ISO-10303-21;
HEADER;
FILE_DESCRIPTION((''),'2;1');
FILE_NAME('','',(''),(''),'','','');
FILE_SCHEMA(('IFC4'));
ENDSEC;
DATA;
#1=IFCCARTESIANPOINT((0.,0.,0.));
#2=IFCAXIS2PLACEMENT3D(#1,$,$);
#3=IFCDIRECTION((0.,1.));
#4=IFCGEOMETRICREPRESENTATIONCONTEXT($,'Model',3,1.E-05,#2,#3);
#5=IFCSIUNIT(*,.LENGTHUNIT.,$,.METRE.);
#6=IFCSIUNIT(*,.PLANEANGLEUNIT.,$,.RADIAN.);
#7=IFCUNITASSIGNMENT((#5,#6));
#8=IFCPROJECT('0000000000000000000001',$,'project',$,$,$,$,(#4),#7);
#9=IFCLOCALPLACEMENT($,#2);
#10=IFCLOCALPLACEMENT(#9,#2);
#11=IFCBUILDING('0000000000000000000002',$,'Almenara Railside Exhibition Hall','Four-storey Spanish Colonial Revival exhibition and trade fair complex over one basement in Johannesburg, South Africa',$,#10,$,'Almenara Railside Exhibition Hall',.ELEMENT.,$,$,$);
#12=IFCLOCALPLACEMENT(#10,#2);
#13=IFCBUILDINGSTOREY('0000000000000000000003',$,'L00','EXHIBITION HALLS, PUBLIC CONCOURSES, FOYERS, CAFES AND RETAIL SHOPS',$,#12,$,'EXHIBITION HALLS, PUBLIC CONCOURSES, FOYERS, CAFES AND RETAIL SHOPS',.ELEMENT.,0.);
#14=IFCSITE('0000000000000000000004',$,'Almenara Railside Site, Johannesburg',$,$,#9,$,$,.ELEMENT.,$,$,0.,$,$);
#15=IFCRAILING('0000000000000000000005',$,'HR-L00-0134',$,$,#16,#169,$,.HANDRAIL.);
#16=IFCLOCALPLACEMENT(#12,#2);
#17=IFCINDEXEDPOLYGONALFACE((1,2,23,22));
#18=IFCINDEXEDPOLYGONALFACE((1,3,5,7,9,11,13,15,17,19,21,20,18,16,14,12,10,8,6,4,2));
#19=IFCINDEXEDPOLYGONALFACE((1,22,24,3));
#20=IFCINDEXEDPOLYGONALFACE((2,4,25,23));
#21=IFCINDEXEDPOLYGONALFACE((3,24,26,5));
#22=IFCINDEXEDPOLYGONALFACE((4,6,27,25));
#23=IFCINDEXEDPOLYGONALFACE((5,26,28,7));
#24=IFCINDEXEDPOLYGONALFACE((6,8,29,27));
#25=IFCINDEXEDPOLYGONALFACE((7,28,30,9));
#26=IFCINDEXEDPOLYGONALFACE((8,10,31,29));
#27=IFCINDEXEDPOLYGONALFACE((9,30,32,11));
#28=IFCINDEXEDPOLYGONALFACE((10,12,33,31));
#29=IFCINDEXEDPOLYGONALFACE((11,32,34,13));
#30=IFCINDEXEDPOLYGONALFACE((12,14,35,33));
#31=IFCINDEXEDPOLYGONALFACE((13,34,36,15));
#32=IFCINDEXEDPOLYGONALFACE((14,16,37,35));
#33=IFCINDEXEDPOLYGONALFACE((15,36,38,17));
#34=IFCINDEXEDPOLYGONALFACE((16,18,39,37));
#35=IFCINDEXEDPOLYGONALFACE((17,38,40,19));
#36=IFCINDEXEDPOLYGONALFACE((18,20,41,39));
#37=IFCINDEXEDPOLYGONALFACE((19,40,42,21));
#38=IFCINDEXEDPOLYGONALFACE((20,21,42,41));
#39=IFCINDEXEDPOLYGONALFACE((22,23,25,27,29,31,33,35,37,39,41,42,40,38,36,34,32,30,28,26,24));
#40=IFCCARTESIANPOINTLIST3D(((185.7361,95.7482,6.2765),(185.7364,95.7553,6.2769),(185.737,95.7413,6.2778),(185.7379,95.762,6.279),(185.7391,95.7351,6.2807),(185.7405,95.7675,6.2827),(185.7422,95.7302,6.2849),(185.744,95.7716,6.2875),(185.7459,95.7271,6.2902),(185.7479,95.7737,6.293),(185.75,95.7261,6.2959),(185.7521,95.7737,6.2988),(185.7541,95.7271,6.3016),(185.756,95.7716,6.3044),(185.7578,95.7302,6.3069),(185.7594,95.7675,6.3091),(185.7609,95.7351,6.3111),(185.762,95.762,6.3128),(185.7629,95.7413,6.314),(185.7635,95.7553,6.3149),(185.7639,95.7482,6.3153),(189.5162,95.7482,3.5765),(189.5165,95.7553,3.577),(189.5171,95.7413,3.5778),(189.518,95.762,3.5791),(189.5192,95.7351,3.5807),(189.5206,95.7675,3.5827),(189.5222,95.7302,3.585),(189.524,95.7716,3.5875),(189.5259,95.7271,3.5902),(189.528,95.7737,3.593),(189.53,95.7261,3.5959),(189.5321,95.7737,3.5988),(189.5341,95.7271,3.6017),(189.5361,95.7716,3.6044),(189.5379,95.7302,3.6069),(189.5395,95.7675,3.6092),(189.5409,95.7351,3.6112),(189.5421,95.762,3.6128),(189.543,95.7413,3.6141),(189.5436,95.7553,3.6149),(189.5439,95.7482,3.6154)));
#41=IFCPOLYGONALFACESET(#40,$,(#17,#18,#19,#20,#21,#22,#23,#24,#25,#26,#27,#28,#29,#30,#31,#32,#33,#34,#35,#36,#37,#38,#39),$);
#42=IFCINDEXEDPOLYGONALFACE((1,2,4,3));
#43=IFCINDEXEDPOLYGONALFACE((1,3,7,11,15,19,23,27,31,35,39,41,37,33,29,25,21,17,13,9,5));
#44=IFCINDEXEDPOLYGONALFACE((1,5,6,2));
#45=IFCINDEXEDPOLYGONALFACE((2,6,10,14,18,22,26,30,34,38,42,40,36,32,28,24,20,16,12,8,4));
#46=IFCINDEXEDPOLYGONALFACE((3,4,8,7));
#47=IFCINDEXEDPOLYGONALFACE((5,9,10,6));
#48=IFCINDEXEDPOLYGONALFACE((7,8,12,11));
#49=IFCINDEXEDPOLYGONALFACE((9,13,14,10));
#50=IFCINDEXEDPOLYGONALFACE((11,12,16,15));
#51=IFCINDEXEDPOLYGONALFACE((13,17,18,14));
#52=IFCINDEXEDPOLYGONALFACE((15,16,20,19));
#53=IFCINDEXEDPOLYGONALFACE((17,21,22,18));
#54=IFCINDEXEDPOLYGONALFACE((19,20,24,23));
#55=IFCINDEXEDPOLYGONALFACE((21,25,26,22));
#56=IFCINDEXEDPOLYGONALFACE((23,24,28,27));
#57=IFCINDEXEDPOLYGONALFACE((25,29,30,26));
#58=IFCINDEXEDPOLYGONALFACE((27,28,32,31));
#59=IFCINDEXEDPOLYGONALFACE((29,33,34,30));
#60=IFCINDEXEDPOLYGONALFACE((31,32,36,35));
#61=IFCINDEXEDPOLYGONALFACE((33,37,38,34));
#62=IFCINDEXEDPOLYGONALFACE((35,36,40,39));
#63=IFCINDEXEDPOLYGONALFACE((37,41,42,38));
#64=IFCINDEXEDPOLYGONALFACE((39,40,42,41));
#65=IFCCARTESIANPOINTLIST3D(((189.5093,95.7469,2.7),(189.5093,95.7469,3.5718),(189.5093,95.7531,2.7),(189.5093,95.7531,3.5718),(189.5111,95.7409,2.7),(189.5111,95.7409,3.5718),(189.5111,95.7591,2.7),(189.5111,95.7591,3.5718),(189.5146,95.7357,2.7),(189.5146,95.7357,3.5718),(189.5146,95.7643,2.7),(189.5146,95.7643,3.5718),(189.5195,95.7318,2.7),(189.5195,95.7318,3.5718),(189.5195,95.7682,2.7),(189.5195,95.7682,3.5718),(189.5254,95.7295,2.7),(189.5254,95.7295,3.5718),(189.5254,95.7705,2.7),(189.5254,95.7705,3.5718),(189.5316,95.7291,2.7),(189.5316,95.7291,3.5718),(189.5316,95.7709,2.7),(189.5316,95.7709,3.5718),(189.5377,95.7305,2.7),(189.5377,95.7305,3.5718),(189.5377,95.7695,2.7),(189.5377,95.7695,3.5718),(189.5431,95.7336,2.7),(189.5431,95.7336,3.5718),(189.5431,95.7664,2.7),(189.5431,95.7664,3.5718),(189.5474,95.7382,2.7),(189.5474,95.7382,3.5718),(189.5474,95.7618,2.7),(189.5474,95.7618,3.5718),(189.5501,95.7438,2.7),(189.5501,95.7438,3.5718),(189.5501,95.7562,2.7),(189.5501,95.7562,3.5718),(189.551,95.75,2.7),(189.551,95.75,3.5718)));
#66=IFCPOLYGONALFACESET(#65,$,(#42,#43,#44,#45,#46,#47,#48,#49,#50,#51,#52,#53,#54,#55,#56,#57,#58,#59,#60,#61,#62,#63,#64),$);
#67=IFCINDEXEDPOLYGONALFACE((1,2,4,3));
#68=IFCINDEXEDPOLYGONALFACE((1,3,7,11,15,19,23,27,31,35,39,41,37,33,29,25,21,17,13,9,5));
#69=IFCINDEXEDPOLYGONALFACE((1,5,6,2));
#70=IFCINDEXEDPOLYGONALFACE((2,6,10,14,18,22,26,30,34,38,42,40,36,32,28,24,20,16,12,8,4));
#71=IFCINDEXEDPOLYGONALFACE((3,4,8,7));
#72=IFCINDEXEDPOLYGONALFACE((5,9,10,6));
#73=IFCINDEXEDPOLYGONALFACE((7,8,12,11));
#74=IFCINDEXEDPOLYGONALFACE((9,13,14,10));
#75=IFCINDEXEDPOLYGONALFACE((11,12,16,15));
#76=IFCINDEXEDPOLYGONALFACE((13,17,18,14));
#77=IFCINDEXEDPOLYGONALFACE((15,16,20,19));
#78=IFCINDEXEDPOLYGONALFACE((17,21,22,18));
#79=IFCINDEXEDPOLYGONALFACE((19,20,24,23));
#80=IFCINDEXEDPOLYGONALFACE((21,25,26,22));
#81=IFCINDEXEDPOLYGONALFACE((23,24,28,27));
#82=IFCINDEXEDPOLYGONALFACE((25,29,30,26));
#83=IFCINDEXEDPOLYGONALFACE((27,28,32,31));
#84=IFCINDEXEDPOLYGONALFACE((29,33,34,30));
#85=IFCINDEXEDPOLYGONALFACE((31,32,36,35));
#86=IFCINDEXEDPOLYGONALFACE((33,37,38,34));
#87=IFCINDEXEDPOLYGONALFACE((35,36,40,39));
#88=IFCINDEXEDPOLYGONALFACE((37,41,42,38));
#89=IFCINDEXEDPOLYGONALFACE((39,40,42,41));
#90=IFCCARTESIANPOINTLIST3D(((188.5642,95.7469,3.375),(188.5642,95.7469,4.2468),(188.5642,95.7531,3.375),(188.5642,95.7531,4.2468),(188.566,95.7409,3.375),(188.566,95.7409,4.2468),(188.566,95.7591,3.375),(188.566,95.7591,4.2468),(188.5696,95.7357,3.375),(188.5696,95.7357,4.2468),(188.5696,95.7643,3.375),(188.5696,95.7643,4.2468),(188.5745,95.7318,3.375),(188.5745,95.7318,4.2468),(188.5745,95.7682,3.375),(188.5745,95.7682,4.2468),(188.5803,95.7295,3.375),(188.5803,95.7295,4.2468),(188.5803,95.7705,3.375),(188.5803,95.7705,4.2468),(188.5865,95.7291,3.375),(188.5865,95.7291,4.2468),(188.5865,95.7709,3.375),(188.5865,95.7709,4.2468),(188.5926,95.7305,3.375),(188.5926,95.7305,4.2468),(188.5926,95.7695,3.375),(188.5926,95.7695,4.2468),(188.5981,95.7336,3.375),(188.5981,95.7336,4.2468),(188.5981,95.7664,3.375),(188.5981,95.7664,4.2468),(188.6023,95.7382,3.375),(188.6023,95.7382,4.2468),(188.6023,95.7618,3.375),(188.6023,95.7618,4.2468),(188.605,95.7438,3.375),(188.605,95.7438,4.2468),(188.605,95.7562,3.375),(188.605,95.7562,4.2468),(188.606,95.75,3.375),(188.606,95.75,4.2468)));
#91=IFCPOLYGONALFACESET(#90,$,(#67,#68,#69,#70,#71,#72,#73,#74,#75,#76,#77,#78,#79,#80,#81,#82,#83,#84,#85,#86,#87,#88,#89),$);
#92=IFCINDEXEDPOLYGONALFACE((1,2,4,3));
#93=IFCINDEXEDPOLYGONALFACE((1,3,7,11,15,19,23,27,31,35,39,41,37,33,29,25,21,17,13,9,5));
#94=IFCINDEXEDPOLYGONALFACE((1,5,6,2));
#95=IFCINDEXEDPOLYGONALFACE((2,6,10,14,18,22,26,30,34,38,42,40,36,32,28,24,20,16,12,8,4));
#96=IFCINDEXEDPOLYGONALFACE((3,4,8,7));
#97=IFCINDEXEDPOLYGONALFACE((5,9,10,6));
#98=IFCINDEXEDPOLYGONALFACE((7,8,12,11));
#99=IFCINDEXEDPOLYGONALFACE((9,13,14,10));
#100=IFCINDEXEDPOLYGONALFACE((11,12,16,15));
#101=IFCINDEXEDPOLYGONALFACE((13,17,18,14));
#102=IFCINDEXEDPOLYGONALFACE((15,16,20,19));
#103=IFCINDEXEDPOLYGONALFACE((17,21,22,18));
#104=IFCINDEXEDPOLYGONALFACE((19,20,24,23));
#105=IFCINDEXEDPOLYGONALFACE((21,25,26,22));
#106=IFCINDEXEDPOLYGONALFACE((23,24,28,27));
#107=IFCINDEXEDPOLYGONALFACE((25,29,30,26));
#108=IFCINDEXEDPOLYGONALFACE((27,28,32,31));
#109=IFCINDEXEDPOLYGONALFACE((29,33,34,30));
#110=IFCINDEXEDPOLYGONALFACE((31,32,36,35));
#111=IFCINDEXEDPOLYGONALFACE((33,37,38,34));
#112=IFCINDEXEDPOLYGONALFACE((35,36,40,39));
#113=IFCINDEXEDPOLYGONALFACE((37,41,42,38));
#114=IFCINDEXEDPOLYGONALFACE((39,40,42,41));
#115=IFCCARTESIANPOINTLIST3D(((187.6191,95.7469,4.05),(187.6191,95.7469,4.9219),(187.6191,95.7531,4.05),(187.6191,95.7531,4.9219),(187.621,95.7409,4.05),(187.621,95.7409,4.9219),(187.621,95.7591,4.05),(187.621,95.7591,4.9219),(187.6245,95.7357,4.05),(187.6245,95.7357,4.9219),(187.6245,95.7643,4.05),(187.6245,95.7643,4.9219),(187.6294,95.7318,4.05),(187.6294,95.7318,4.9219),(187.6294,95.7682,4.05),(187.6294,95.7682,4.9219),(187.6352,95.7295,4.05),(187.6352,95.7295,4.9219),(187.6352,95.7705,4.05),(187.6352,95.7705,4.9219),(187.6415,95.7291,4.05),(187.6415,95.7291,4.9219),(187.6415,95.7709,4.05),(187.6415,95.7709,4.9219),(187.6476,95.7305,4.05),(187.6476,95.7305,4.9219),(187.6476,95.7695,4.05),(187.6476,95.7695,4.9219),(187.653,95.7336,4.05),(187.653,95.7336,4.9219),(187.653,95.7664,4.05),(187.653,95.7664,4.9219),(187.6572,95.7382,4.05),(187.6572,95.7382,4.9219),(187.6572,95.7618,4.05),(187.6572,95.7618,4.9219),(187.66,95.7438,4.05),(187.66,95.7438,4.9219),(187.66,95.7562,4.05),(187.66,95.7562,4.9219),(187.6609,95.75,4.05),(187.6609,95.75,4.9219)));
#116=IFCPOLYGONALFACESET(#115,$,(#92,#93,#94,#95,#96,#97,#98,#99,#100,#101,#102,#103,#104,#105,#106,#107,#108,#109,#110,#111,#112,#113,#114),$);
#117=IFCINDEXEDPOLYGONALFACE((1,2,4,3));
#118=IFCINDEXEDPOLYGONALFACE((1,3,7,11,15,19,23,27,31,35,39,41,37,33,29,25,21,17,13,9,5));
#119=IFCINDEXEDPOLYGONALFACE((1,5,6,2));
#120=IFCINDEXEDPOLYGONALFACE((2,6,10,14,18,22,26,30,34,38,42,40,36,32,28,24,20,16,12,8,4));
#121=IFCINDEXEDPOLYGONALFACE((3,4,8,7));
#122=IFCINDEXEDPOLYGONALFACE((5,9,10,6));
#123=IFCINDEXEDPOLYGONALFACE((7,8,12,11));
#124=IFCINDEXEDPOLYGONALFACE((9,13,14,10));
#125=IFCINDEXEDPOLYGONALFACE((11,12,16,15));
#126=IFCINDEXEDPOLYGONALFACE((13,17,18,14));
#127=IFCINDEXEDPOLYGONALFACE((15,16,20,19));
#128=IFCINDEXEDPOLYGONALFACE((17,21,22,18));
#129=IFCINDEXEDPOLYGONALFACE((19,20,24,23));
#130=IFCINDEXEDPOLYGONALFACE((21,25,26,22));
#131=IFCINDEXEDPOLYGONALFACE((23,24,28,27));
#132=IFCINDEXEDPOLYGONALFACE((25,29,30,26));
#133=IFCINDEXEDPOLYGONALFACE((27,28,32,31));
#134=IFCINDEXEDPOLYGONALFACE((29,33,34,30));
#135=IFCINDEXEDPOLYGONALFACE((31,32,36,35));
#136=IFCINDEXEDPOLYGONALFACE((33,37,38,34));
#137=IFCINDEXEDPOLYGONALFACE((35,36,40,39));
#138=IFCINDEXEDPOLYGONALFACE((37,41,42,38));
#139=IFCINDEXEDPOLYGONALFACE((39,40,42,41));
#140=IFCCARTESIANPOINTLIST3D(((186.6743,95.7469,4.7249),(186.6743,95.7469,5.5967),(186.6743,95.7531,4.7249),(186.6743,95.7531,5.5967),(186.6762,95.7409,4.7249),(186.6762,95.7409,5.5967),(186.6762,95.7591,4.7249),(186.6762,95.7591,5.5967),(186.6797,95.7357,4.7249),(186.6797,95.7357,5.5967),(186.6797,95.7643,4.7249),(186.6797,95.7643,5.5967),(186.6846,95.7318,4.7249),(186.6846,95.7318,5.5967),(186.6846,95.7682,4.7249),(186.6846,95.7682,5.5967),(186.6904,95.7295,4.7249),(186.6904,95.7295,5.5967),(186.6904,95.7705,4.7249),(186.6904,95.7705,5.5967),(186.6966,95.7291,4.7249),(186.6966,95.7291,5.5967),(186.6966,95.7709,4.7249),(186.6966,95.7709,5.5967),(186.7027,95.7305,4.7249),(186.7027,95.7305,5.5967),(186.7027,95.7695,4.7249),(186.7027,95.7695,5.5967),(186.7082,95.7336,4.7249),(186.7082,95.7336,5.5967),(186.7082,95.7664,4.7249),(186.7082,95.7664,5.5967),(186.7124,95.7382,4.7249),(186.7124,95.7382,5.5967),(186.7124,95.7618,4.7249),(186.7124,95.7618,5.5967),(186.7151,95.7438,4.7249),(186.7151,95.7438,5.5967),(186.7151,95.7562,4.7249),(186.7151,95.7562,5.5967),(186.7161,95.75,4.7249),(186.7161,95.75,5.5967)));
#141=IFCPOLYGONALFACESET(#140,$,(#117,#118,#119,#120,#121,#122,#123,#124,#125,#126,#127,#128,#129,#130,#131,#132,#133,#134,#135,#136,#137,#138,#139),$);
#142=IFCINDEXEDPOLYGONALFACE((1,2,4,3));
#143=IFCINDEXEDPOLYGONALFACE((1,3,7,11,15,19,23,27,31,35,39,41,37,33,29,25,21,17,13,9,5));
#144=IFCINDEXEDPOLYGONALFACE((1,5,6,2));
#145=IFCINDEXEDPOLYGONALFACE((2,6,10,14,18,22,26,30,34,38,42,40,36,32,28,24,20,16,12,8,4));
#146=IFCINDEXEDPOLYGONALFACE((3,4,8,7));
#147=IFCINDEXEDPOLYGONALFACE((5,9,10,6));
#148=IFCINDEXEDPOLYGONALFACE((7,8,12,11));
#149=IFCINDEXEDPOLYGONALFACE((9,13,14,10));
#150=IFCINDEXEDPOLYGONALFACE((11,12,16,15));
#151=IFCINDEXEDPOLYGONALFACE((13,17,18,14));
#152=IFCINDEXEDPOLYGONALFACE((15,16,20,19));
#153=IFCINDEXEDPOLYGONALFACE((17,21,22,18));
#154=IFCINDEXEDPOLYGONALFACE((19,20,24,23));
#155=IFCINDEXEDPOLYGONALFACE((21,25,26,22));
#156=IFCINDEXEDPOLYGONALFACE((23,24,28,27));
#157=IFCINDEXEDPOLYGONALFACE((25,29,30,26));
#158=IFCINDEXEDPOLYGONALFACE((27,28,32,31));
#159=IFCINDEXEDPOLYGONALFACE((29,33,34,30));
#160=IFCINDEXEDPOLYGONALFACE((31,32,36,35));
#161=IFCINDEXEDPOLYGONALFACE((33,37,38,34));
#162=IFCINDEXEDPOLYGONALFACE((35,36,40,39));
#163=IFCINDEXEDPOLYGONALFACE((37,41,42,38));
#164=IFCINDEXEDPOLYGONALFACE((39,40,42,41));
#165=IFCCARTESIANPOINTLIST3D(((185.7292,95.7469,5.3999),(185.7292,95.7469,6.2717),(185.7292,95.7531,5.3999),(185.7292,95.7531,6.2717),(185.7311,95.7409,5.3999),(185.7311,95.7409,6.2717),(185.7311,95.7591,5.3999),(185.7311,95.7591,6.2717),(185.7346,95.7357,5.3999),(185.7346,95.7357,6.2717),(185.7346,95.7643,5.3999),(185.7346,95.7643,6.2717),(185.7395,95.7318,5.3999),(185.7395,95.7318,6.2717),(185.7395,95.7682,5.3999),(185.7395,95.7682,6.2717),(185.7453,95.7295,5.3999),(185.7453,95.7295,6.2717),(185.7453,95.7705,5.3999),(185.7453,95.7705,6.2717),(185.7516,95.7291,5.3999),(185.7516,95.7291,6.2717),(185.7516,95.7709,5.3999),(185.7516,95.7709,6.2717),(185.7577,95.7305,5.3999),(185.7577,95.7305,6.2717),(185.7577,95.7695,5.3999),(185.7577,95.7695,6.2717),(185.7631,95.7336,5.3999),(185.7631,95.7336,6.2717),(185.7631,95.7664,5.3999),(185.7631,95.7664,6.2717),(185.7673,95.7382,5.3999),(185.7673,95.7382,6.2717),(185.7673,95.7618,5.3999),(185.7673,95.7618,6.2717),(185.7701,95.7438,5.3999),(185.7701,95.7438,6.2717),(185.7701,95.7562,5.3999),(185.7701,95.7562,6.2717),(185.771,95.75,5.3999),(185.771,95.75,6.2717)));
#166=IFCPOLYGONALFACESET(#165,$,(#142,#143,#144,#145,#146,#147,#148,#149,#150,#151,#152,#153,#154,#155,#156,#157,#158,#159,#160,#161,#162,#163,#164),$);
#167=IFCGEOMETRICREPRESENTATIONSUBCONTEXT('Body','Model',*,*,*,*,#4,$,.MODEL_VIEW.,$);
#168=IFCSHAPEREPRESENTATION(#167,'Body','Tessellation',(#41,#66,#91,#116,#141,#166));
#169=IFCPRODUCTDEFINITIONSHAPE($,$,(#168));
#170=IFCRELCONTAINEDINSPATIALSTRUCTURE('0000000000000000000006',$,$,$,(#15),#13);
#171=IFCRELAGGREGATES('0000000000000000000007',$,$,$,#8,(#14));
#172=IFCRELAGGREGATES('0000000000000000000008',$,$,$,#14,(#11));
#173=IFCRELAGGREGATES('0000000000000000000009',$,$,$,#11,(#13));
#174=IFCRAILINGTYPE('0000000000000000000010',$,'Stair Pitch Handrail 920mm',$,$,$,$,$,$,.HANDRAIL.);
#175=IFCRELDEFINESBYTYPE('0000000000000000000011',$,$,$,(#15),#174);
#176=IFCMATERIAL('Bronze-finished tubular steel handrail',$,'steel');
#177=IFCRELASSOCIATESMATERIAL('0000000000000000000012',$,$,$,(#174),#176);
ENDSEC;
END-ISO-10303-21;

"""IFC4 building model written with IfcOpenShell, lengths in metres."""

from ifc_helpers import new_model, si_unit, direction, frame, origin, origin_2d, place, context, subcontext, project, spatial, circle, extrude, material, type_object, element, save


model = new_model("IFC4")

# Units and contexts
model_context = context("Model", 3, precision=1e-05, world=origin(), true_north=direction((0.0, 1.0)))
body_context = subcontext(model_context, "Body", "Model", "MODEL_VIEW")
ifc_project = project(units=[si_unit("LENGTHUNIT", "METRE"), si_unit("PLANEANGLEUNIT", "RADIAN")], contexts=[model_context])

# Site, building, storey
site_placement = place(None, origin())
site = spatial("IfcSite", under=ifc_project, at=site_placement, Name="Almenara Railside Site, Johannesburg", CompositionType="ELEMENT", RefElevation=0.0)
building_placement = place(site_placement, origin())
building = spatial("IfcBuilding", under=site, at=building_placement, Name="Almenara Railside Exhibition Hall", Description="Four-storey Spanish Colonial Revival exhibition and trade fair complex over one basement in Johannesburg, South Africa", LongName="Almenara Railside Exhibition Hall", CompositionType="ELEMENT")
storey_placement = place(building_placement, origin())
storey = spatial("IfcBuildingStorey", under=building, at=storey_placement, Name="L00", Description="EXHIBITION HALLS, PUBLIC CONCOURSES, FOYERS, CAFES AND RETAIL SHOPS", LongName="EXHIBITION HALLS, PUBLIC CONCOURSES, FOYERS, CAFES AND RETAIL SHOPS", CompositionType="ELEMENT", Elevation=0.0)

# Railing
ifc_material_1 = material(Name="Bronze-finished tubular steel handrail", Category="steel")
railing_type_1 = type_object("IfcRailingType", Name="Stair Pitch Handrail 920mm", PredefinedType="HANDRAIL", material=ifc_material_1)
railing_1_placement = place(storey_placement, frame((189.53, 95.75, 2.7)))
element("IfcRailing", 1, at=railing_1_placement, inside=storey, type_object=railing_type_1, Name="HR-L00-0134", PredefinedType="HANDRAIL", context=body_context, shape_type="SweptSolid", body=[
    extrude(circle(Radius=0.0239, at=origin_2d()), frame((0.0, 0.0, 0.896), z_axis=(-0.813741, 0.0, 0.581228), x_axis=(0.0, -1.0, 0.0)), (0.0, 0.0, 1.0), 4.6453),
    extrude(circle(Radius=0.021, at=origin_2d()), origin(), (0.0, 0.0, 1.0), 0.8718),
    extrude(circle(Radius=0.021, at=origin_2d()), frame((-0.9451, 0.0, 0.675)), (0.0, 0.0, 1.0), 0.8718),
    extrude(circle(Radius=0.021, at=origin_2d()), frame((-1.8901, 0.0, 1.3501)), (0.0, 0.0, 1.0), 0.8718),
    extrude(circle(Radius=0.021, at=origin_2d()), frame((-2.835, 0.0, 2.0249)), (0.0, 0.0, 1.0), 0.8718),
    extrude(circle(Radius=0.021, at=origin_2d()), frame((-3.78, 0.0, 2.7)), (0.0, 0.0, 1.0), 0.8718),
])

save(model, "model.ifc")
